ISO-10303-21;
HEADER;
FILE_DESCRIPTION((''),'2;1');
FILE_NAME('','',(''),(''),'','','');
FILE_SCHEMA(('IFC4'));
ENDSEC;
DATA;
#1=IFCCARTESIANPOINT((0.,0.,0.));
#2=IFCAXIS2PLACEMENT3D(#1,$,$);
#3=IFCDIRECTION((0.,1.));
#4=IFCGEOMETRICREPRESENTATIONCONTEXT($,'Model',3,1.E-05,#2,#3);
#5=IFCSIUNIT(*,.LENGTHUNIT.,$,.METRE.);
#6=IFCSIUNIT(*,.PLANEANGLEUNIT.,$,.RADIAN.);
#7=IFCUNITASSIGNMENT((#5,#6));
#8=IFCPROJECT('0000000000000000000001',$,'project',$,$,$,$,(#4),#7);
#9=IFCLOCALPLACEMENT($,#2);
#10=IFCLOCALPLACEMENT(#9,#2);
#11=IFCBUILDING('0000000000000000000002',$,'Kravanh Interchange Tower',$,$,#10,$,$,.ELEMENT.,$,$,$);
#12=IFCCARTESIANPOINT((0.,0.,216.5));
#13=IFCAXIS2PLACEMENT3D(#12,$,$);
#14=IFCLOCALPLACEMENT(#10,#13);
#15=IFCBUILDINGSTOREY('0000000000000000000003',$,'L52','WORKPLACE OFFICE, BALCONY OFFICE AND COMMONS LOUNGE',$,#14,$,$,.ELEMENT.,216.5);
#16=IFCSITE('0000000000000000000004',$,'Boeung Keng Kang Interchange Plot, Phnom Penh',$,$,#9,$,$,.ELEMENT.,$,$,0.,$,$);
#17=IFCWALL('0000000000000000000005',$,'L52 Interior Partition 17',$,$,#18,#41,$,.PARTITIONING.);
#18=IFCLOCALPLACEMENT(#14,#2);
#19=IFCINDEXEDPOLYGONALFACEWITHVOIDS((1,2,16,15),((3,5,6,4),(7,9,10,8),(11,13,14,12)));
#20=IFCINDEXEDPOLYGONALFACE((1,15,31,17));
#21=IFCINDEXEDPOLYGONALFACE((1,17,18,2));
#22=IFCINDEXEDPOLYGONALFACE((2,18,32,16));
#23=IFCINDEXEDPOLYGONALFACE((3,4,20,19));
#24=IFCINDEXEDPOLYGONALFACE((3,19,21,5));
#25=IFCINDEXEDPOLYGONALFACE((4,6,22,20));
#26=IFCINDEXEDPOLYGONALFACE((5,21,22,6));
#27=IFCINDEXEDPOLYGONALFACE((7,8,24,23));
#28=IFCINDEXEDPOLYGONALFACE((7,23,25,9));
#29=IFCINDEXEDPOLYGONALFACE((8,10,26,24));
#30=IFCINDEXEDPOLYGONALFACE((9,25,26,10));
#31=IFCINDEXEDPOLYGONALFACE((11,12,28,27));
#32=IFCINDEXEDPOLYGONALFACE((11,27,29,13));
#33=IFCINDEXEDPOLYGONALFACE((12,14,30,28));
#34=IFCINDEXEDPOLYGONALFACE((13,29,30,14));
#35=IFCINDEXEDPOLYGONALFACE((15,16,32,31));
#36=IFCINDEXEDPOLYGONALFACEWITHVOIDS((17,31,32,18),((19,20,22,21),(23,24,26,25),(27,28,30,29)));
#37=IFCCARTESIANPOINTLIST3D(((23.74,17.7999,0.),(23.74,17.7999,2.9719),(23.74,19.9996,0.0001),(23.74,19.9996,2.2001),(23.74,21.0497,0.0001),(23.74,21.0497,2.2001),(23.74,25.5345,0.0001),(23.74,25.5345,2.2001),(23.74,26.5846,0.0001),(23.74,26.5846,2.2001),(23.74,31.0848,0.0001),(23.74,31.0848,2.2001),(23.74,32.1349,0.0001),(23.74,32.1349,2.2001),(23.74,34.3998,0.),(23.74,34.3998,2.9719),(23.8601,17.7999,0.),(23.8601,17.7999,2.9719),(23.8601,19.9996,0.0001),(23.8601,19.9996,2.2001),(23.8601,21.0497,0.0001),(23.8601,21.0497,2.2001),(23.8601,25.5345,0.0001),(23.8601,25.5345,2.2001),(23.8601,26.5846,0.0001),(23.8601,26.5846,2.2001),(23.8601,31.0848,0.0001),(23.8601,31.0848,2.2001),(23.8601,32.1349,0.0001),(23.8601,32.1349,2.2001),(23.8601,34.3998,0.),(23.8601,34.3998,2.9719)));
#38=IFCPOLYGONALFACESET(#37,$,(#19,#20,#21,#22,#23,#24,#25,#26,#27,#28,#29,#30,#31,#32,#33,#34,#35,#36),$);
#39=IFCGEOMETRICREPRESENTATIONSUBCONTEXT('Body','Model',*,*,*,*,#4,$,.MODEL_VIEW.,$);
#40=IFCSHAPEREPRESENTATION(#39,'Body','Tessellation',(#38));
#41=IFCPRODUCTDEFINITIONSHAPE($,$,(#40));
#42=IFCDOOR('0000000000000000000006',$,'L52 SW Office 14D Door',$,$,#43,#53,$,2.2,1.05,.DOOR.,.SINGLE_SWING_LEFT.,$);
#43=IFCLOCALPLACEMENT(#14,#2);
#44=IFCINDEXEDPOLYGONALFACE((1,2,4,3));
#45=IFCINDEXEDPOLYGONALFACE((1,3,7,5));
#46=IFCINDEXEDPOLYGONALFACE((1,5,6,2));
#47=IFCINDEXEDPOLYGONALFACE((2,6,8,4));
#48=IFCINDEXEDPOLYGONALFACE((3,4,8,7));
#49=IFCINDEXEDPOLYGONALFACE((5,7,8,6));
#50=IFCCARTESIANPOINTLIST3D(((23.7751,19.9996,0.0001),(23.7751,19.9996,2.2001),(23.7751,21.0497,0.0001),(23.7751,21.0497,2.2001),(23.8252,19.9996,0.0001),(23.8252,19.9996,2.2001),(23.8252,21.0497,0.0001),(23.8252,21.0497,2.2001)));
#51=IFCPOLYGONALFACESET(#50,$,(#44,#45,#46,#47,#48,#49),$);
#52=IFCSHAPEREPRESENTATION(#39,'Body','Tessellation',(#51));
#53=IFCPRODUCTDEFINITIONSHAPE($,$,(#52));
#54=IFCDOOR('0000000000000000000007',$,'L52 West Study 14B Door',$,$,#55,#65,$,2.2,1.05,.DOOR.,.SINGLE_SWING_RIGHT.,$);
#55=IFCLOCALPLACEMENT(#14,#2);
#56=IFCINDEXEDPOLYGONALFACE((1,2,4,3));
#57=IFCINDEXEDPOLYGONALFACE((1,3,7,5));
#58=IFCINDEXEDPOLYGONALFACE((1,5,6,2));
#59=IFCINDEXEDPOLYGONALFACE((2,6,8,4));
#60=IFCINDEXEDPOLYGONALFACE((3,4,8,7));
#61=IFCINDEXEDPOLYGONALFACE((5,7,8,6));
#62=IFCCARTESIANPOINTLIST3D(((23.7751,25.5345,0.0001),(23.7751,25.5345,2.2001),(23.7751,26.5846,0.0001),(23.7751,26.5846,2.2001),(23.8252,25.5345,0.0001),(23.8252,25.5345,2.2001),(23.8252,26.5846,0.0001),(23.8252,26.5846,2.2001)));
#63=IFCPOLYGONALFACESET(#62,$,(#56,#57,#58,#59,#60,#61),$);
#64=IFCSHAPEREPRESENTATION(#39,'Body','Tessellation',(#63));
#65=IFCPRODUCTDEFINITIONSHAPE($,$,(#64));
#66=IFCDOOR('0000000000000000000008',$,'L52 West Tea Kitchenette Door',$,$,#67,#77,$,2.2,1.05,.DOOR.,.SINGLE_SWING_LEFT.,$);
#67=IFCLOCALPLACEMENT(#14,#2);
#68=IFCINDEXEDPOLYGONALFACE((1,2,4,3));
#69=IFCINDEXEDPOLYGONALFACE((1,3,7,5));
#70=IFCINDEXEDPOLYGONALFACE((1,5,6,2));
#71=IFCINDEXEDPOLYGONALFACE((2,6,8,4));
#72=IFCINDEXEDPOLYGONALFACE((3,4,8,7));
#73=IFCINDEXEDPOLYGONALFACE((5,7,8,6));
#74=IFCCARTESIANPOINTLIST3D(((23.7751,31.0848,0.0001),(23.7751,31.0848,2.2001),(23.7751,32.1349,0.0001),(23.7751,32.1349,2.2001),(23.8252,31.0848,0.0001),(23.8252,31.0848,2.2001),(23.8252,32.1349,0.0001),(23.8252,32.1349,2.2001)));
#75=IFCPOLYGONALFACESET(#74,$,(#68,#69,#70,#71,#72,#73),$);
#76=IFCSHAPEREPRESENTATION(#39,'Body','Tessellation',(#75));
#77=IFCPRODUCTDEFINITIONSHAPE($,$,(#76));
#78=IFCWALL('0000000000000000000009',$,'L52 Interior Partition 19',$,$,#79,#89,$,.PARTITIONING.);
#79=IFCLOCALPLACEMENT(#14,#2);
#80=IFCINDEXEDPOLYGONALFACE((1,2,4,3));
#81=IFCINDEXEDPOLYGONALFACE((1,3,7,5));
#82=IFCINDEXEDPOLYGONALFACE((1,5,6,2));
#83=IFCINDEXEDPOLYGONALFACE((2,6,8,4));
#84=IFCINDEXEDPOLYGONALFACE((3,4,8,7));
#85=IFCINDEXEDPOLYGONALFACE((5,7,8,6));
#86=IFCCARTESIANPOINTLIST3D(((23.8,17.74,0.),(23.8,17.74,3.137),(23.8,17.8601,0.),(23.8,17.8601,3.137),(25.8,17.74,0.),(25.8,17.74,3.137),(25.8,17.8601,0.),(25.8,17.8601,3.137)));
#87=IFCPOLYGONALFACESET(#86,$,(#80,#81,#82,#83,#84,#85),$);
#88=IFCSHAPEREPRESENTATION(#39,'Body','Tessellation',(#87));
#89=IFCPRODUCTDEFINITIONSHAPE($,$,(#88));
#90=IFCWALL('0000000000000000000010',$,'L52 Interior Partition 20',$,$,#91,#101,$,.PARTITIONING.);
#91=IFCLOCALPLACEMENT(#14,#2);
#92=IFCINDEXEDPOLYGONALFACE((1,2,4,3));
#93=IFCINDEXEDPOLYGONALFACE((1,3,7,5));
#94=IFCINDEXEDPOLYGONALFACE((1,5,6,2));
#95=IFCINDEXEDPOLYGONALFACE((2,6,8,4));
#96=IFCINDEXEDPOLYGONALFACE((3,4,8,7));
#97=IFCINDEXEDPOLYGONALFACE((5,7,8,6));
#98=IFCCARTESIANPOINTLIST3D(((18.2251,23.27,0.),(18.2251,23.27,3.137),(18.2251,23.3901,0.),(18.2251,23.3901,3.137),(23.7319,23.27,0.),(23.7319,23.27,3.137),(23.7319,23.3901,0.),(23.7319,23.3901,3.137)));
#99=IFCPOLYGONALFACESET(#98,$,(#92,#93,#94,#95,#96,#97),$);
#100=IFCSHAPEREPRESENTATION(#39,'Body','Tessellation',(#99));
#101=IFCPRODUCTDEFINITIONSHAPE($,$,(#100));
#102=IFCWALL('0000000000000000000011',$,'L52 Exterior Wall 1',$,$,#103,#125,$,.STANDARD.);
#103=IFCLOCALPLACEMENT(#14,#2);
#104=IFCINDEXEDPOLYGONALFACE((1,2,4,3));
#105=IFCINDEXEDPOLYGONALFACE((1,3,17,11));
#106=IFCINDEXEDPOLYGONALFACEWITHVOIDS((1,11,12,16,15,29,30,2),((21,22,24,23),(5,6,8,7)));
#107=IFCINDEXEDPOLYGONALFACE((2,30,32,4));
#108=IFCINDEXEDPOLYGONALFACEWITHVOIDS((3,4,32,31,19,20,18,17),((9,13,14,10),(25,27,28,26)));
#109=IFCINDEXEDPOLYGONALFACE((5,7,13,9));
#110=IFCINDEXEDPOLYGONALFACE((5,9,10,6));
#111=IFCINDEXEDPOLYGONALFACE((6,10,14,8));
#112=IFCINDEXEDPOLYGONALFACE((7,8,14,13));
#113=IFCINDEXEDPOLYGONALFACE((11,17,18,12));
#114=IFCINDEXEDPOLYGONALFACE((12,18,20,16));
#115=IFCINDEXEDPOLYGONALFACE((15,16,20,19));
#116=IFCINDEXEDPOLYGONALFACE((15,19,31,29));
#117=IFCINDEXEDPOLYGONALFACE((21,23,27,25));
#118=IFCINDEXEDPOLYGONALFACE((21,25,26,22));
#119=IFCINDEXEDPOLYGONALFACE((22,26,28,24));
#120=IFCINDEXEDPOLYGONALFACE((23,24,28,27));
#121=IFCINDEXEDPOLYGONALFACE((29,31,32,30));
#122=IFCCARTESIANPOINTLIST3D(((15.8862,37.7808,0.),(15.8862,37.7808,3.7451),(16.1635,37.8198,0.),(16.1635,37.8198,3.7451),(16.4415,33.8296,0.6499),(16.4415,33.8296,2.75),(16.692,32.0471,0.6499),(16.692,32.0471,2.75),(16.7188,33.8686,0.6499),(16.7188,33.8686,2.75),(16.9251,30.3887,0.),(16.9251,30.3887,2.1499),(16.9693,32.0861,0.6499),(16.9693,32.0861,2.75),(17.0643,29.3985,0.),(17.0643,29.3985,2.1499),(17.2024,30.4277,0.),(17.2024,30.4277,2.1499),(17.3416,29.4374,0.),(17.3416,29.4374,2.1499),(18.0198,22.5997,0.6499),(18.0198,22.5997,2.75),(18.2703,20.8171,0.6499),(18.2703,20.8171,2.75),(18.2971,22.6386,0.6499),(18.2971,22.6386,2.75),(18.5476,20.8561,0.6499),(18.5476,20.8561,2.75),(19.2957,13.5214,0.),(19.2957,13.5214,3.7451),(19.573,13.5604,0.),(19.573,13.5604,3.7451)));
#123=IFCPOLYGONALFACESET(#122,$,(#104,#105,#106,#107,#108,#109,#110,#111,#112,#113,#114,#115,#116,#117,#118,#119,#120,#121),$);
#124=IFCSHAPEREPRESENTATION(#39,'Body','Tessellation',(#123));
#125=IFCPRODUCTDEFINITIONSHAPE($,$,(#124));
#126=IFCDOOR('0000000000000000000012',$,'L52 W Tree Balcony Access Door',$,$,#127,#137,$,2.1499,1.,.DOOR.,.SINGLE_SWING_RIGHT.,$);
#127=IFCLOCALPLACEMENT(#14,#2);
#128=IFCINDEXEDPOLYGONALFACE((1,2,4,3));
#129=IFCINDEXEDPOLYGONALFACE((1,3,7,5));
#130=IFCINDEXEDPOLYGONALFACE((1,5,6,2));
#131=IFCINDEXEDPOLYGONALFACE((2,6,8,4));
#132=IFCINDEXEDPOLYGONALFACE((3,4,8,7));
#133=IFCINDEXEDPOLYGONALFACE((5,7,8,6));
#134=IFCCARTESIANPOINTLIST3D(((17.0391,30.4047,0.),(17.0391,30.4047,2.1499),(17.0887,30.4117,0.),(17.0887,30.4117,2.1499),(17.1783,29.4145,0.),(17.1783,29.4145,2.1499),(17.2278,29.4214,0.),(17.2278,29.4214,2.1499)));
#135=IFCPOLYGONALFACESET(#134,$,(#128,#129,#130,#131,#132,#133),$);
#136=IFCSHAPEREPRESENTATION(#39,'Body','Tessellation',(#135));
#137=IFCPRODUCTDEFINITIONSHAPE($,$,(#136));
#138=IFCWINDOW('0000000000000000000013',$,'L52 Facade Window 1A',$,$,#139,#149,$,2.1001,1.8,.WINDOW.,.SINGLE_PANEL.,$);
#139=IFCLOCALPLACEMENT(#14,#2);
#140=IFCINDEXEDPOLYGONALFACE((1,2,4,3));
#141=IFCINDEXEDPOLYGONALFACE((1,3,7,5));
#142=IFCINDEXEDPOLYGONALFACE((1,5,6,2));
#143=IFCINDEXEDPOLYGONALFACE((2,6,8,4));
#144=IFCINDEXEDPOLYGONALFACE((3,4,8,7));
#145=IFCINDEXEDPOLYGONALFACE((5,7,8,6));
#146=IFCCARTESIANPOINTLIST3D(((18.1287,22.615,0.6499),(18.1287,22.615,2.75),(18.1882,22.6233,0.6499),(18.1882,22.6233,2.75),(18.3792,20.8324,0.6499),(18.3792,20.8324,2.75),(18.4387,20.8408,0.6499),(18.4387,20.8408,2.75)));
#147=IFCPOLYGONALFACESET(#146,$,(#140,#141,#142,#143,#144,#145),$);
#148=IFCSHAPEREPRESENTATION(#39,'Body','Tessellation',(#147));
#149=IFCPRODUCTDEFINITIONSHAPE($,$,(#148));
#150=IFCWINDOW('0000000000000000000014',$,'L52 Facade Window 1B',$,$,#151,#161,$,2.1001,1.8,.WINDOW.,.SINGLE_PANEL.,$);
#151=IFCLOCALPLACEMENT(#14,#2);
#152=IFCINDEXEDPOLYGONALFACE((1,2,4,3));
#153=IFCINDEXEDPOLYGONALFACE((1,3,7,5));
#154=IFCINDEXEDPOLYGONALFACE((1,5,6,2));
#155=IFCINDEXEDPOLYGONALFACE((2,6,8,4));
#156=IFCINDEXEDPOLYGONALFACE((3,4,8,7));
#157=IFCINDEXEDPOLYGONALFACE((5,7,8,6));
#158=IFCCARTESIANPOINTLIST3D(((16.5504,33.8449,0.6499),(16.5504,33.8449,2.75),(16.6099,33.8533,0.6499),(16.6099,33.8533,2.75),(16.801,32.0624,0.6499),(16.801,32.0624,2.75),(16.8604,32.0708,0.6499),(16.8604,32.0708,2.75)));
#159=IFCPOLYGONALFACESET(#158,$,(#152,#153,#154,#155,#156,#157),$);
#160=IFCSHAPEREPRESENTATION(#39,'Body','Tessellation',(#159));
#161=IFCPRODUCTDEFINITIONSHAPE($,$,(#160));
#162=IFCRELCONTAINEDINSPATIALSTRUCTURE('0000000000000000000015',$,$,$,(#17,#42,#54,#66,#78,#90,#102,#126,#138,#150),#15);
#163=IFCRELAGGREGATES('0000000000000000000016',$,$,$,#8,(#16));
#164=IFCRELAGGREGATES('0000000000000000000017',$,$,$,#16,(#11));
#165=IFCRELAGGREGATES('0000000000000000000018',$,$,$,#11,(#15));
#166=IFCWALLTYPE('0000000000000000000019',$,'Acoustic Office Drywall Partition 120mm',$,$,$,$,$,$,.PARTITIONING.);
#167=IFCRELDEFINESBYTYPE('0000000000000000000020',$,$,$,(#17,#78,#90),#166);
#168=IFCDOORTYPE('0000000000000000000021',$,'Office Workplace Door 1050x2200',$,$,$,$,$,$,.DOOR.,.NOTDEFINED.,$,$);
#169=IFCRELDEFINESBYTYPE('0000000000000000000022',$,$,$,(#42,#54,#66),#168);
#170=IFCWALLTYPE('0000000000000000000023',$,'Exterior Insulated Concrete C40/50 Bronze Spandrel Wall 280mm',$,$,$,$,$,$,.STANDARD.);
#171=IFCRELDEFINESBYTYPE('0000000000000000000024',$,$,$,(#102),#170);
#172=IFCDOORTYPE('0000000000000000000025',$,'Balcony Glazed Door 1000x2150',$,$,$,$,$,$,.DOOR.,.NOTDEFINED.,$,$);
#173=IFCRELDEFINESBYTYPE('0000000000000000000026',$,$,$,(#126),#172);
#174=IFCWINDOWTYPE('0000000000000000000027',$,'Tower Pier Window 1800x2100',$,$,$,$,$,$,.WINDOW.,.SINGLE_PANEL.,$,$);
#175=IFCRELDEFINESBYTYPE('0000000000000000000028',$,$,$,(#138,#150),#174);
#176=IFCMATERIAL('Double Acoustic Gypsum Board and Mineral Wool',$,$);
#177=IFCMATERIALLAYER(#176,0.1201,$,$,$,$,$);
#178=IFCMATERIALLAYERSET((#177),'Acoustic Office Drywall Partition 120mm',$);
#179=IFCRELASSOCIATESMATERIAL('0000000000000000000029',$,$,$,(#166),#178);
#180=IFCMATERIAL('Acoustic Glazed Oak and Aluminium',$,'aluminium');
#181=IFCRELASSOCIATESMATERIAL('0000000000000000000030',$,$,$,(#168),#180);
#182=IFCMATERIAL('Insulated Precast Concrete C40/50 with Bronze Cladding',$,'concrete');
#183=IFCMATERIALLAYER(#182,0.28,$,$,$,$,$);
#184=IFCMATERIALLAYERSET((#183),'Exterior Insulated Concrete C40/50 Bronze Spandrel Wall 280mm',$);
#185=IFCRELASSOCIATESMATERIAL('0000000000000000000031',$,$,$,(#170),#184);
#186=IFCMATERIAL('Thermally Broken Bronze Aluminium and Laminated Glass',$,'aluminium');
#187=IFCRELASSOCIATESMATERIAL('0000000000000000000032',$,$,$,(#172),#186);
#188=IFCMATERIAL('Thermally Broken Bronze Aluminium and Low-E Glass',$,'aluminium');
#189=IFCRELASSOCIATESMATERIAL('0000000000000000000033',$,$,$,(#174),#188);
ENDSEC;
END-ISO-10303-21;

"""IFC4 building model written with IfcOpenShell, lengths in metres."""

from ifc_helpers import new_model, si_unit, direction, frame, frame_2d, origin, place, context, subcontext, project, spatial, rectangle, extrude, material, layer, layer_set, type_object, element, fill, save


model = new_model("IFC4")

# Units and contexts
model_context = context("Model", 3, precision=1e-05, world=origin(), true_north=direction((0.0, 1.0)))
body_context = subcontext(model_context, "Body", "Model", "MODEL_VIEW")
ifc_project = project(units=[si_unit("LENGTHUNIT", "METRE"), si_unit("PLANEANGLEUNIT", "RADIAN")], contexts=[model_context])

# Site, building, storey
site_placement = place(None, origin())
site = spatial("IfcSite", under=ifc_project, at=site_placement, Name="Boeung Keng Kang Interchange Plot, Phnom Penh", CompositionType="ELEMENT", RefElevation=0.0)
building_placement = place(site_placement, origin())
building = spatial("IfcBuilding", under=site, at=building_placement, Name="Kravanh Interchange Tower", CompositionType="ELEMENT")
storey_placement = place(building_placement, frame((0.0, 0.0, 216.5)))
storey = spatial("IfcBuildingStorey", under=building, at=storey_placement, Name="L52", Description="WORKPLACE OFFICE, BALCONY OFFICE AND COMMONS LOUNGE", CompositionType="ELEMENT", Elevation=216.5)

# Wall, openings, doors
ifc_material_1 = material(Name="Double Acoustic Gypsum Board and Mineral Wool")
ifc_layer_1 = layer(ifc_material_1, 0.1201)
ifc_layer_set_1 = layer_set([ifc_layer_1], Name="Acoustic Office Drywall Partition 120mm")
wall_type_1 = type_object("IfcWallType", Name="Acoustic Office Drywall Partition 120mm", PredefinedType="PARTITIONING", material=ifc_layer_set_1)
wall_1_placement = place(storey_placement, frame((23.8, 17.8, 0.0), z_axis=(0.0, 0.0, 1.0), x_axis=(0.0, 1.0, 0.0)))
wall_1 = element("IfcWall", 1, at=wall_1_placement, inside=storey, type_object=wall_type_1, Name="L52 Interior Partition 17", PredefinedType="PARTITIONING", context=body_context, shape_type="SweptSolid", body=[
    extrude(rectangle(XDim=16.5999, YDim=0.1201, at=frame_2d((8.2998, 0.0))), origin(), (0.0, 0.0, 1.0), 2.9719),
])
opening_1_placement = place(wall_1_placement, frame((2.1997, 0.0, 0.0)))
opening_1 = element("IfcOpeningElement", 2, at=opening_1_placement, cuts=wall_1, PredefinedType="OPENING", context=body_context, shape_type="SweptSolid", body=[
    extrude(rectangle(XDim=1.05, YDim=2.2, at=frame_2d((0.5249, 1.1001))), frame((0.0, 0.0701, 0.0), z_axis=(0.0, -1.0, 0.0), x_axis=(1.0, 0.0, 0.0)), (0.0, 0.0, 1.0), 0.1401),
])
opening_2_placement = place(wall_1_placement, frame((7.7346, 0.0, 0.0)))
opening_2 = element("IfcOpeningElement", 3, at=opening_2_placement, cuts=wall_1, PredefinedType="OPENING", context=body_context, shape_type="SweptSolid", body=[
    extrude(rectangle(XDim=1.05, YDim=2.2, at=frame_2d((0.5249, 1.1001))), frame((0.0, 0.0701, 0.0), z_axis=(0.0, -1.0, 0.0), x_axis=(1.0, 0.0, 0.0)), (0.0, 0.0, 1.0), 0.1401),
])
opening_3_placement = place(wall_1_placement, frame((13.2849, 0.0, 0.0)))
opening_3 = element("IfcOpeningElement", 4, at=opening_3_placement, cuts=wall_1, PredefinedType="OPENING", context=body_context, shape_type="SweptSolid", body=[
    extrude(rectangle(XDim=1.05, YDim=2.2, at=frame_2d((0.5249, 1.1001))), frame((0.0, 0.0701, 0.0), z_axis=(0.0, -1.0, 0.0), x_axis=(1.0, 0.0, 0.0)), (0.0, 0.0, 1.0), 0.1401),
])
ifc_material_2 = material(Name="Acoustic Glazed Oak and Aluminium", Category="aluminium")
door_type_1 = type_object("IfcDoorType", Name="Office Workplace Door 1050x2200", OperationType="NOTDEFINED", PredefinedType="DOOR", material=ifc_material_2)
door_1_placement = place(opening_1_placement, origin())
door_1 = element("IfcDoor", 5, at=door_1_placement, inside=storey, type_object=door_type_1, Name="L52 SW Office 14D Door", OperationType="SINGLE_SWING_LEFT", OverallHeight=2.2, OverallWidth=1.05, PredefinedType="DOOR", context=body_context, shape_type="SweptSolid", body=[
    extrude(rectangle(XDim=1.05, YDim=2.2, at=frame_2d((0.5249, 1.1001))), frame((0.0, 0.0249, 0.0), z_axis=(0.0, -1.0, 0.0), x_axis=(1.0, 0.0, 0.0)), (0.0, 0.0, 1.0), 0.05),
])
fill(opening_1, door_1)
door_2_placement = place(opening_2_placement, origin())
door_2 = element("IfcDoor", 6, at=door_2_placement, inside=storey, type_object=door_type_1, Name="L52 West Study 14B Door", OperationType="SINGLE_SWING_RIGHT", OverallHeight=2.2, OverallWidth=1.05, PredefinedType="DOOR", context=body_context, shape_type="SweptSolid", body=[
    extrude(rectangle(XDim=1.05, YDim=2.2, at=frame_2d((0.5249, 1.1001))), frame((0.0, 0.0249, 0.0), z_axis=(0.0, -1.0, 0.0), x_axis=(1.0, 0.0, 0.0)), (0.0, 0.0, 1.0), 0.05),
])
fill(opening_2, door_2)
door_3_placement = place(opening_3_placement, origin())
door_3 = element("IfcDoor", 7, at=door_3_placement, inside=storey, type_object=door_type_1, Name="L52 West Tea Kitchenette Door", OperationType="SINGLE_SWING_LEFT", OverallHeight=2.2, OverallWidth=1.05, PredefinedType="DOOR", context=body_context, shape_type="SweptSolid", body=[
    extrude(rectangle(XDim=1.05, YDim=2.2, at=frame_2d((0.5249, 1.1001))), frame((0.0, 0.0249, 0.0), z_axis=(0.0, -1.0, 0.0), x_axis=(1.0, 0.0, 0.0)), (0.0, 0.0, 1.0), 0.05),
])
fill(opening_3, door_3)

# Walls
wall_2_placement = place(storey_placement, frame((23.8, 17.8, 0.0), z_axis=(0.0, 0.0, 1.0), x_axis=(1.0, 0.0, 0.0)))
element("IfcWall", 8, at=wall_2_placement, inside=storey, type_object=wall_type_1, Name="L52 Interior Partition 19", PredefinedType="PARTITIONING", context=body_context, shape_type="SweptSolid", body=[
    extrude(rectangle(XDim=2.0, YDim=0.1201, at=frame_2d((1.0, 0.0))), origin(), (0.0, 0.0, 1.0), 3.137),
])
wall_3_placement = place(storey_placement, frame((18.2251, 23.3301, 0.0), z_axis=(0.0, 0.0, 1.0), x_axis=(1.0, 0.0, 0.0)))
element("IfcWall", 9, at=wall_3_placement, inside=storey, type_object=wall_type_1, Name="L52 Interior Partition 20", PredefinedType="PARTITIONING", context=body_context, shape_type="SweptSolid", body=[
    extrude(rectangle(XDim=5.5068, YDim=0.1201, at=frame_2d((2.7534, 0.0))), origin(), (0.0, 0.0, 1.0), 3.137),
])

# Wall, openings, door, windows
ifc_material_3 = material(Name="Insulated Precast Concrete C40/50 with Bronze Cladding", Category="concrete")
ifc_layer_2 = layer(ifc_material_3, 0.28)
ifc_layer_set_2 = layer_set([ifc_layer_2], Name="Exterior Insulated Concrete C40/50 Bronze Spandrel Wall 280mm")
wall_type_2 = type_object("IfcWallType", Name="Exterior Insulated Concrete C40/50 Bronze Spandrel Wall 280mm", PredefinedType="STANDARD", material=ifc_layer_set_2)
wall_4_placement = place(storey_placement, frame((19.4343, 13.5408, 0.0), z_axis=(0.0, 0.0, 1.0), x_axis=(-0.139173, 0.990268, 0.0)))
wall_4 = element("IfcWall", 10, at=wall_4_placement, inside=storey, type_object=wall_type_2, Name="L52 Exterior Wall 1", PredefinedType="STANDARD", context=body_context, shape_type="SweptSolid", body=[
    extrude(rectangle(XDim=24.4978, YDim=0.28, at=frame_2d((12.249, 0.0))), origin(), (0.0, 0.0, 1.0), 3.7451),
])
opening_4_placement = place(wall_4_placement, frame((16.0332, 0.0, 0.0)))
opening_4 = element("IfcOpeningElement", 11, at=opening_4_placement, cuts=wall_4, PredefinedType="OPENING", context=body_context, shape_type="SweptSolid", body=[
    extrude(rectangle(XDim=1.0, YDim=2.1499, at=frame_2d((0.5, 1.075))), frame((0.0, 0.1499, 0.0), z_axis=(0.0, -1.0, 0.0), x_axis=(1.0, 0.0, 0.0)), (0.0, 0.0, 1.0), 0.3),
])
opening_5_placement = place(wall_4_placement, frame((7.3677, 0.0, 0.6499)))
opening_5 = element("IfcOpeningElement", 12, at=opening_5_placement, cuts=wall_4, PredefinedType="OPENING", context=body_context, shape_type="SweptSolid", body=[
    extrude(rectangle(XDim=1.8, YDim=2.1001, at=frame_2d((0.8999, 1.05))), frame((0.0, 0.1499, 0.0), z_axis=(0.0, -1.0, 0.0), x_axis=(1.0, 0.0, 0.0)), (0.0, 0.0, 1.0), 0.3),
])
opening_6_placement = place(wall_4_placement, frame((18.708, 0.0, 0.6499)))
opening_6 = element("IfcOpeningElement", 13, at=opening_6_placement, cuts=wall_4, PredefinedType="OPENING", context=body_context, shape_type="SweptSolid", body=[
    extrude(rectangle(XDim=1.8, YDim=2.1001, at=frame_2d((0.8999, 1.05))), frame((0.0, 0.1499, 0.0), z_axis=(0.0, -1.0, 0.0), x_axis=(1.0, 0.0, 0.0)), (0.0, 0.0, 1.0), 0.3),
])
ifc_material_4 = material(Name="Thermally Broken Bronze Aluminium and Laminated Glass", Category="aluminium")
door_type_2 = type_object("IfcDoorType", Name="Balcony Glazed Door 1000x2150", OperationType="NOTDEFINED", PredefinedType="DOOR", material=ifc_material_4)
door_4_placement = place(opening_4_placement, origin())
door_4 = element("IfcDoor", 14, at=door_4_placement, inside=storey, type_object=door_type_2, Name="L52 W Tree Balcony Access Door", OperationType="SINGLE_SWING_RIGHT", OverallHeight=2.1499, OverallWidth=1.0, PredefinedType="DOOR", context=body_context, shape_type="SweptSolid", body=[
    extrude(rectangle(XDim=1.0, YDim=2.1499, at=frame_2d((0.5, 1.075))), frame((0.0, 0.0249, 0.0), z_axis=(0.0, -1.0, 0.0), x_axis=(1.0, 0.0, 0.0)), (0.0, 0.0, 1.0), 0.05),
])
fill(opening_4, door_4)
ifc_material_5 = material(Name="Thermally Broken Bronze Aluminium and Low-E Glass", Category="aluminium")
window_type = type_object("IfcWindowType", Name="Tower Pier Window 1800x2100", PartitioningType="SINGLE_PANEL", PredefinedType="WINDOW", material=ifc_material_5)
window_1_placement = place(opening_5_placement, origin())
window_1 = element("IfcWindow", 15, at=window_1_placement, inside=storey, type_object=window_type, Name="L52 Facade Window 1A", OverallHeight=2.1001, OverallWidth=1.8, PartitioningType="SINGLE_PANEL", PredefinedType="WINDOW", context=body_context, shape_type="SweptSolid", body=[
    extrude(rectangle(XDim=1.8, YDim=2.1001, at=frame_2d((0.8999, 1.05))), frame((0.0, 0.03, 0.0), z_axis=(0.0, -1.0, 0.0), x_axis=(1.0, 0.0, 0.0)), (0.0, 0.0, 1.0), 0.0601),
])
fill(opening_5, window_1)
window_2_placement = place(opening_6_placement, origin())
window_2 = element("IfcWindow", 16, at=window_2_placement, inside=storey, type_object=window_type, Name="L52 Facade Window 1B", OverallHeight=2.1001, OverallWidth=1.8, PartitioningType="SINGLE_PANEL", PredefinedType="WINDOW", context=body_context, shape_type="SweptSolid", body=[
    extrude(rectangle(XDim=1.8, YDim=2.1001, at=frame_2d((0.8999, 1.05))), frame((0.0, 0.03, 0.0), z_axis=(0.0, -1.0, 0.0), x_axis=(1.0, 0.0, 0.0)), (0.0, 0.0, 1.0), 0.0601),
])
fill(opening_6, window_2)

save(model, "model.ifc")
